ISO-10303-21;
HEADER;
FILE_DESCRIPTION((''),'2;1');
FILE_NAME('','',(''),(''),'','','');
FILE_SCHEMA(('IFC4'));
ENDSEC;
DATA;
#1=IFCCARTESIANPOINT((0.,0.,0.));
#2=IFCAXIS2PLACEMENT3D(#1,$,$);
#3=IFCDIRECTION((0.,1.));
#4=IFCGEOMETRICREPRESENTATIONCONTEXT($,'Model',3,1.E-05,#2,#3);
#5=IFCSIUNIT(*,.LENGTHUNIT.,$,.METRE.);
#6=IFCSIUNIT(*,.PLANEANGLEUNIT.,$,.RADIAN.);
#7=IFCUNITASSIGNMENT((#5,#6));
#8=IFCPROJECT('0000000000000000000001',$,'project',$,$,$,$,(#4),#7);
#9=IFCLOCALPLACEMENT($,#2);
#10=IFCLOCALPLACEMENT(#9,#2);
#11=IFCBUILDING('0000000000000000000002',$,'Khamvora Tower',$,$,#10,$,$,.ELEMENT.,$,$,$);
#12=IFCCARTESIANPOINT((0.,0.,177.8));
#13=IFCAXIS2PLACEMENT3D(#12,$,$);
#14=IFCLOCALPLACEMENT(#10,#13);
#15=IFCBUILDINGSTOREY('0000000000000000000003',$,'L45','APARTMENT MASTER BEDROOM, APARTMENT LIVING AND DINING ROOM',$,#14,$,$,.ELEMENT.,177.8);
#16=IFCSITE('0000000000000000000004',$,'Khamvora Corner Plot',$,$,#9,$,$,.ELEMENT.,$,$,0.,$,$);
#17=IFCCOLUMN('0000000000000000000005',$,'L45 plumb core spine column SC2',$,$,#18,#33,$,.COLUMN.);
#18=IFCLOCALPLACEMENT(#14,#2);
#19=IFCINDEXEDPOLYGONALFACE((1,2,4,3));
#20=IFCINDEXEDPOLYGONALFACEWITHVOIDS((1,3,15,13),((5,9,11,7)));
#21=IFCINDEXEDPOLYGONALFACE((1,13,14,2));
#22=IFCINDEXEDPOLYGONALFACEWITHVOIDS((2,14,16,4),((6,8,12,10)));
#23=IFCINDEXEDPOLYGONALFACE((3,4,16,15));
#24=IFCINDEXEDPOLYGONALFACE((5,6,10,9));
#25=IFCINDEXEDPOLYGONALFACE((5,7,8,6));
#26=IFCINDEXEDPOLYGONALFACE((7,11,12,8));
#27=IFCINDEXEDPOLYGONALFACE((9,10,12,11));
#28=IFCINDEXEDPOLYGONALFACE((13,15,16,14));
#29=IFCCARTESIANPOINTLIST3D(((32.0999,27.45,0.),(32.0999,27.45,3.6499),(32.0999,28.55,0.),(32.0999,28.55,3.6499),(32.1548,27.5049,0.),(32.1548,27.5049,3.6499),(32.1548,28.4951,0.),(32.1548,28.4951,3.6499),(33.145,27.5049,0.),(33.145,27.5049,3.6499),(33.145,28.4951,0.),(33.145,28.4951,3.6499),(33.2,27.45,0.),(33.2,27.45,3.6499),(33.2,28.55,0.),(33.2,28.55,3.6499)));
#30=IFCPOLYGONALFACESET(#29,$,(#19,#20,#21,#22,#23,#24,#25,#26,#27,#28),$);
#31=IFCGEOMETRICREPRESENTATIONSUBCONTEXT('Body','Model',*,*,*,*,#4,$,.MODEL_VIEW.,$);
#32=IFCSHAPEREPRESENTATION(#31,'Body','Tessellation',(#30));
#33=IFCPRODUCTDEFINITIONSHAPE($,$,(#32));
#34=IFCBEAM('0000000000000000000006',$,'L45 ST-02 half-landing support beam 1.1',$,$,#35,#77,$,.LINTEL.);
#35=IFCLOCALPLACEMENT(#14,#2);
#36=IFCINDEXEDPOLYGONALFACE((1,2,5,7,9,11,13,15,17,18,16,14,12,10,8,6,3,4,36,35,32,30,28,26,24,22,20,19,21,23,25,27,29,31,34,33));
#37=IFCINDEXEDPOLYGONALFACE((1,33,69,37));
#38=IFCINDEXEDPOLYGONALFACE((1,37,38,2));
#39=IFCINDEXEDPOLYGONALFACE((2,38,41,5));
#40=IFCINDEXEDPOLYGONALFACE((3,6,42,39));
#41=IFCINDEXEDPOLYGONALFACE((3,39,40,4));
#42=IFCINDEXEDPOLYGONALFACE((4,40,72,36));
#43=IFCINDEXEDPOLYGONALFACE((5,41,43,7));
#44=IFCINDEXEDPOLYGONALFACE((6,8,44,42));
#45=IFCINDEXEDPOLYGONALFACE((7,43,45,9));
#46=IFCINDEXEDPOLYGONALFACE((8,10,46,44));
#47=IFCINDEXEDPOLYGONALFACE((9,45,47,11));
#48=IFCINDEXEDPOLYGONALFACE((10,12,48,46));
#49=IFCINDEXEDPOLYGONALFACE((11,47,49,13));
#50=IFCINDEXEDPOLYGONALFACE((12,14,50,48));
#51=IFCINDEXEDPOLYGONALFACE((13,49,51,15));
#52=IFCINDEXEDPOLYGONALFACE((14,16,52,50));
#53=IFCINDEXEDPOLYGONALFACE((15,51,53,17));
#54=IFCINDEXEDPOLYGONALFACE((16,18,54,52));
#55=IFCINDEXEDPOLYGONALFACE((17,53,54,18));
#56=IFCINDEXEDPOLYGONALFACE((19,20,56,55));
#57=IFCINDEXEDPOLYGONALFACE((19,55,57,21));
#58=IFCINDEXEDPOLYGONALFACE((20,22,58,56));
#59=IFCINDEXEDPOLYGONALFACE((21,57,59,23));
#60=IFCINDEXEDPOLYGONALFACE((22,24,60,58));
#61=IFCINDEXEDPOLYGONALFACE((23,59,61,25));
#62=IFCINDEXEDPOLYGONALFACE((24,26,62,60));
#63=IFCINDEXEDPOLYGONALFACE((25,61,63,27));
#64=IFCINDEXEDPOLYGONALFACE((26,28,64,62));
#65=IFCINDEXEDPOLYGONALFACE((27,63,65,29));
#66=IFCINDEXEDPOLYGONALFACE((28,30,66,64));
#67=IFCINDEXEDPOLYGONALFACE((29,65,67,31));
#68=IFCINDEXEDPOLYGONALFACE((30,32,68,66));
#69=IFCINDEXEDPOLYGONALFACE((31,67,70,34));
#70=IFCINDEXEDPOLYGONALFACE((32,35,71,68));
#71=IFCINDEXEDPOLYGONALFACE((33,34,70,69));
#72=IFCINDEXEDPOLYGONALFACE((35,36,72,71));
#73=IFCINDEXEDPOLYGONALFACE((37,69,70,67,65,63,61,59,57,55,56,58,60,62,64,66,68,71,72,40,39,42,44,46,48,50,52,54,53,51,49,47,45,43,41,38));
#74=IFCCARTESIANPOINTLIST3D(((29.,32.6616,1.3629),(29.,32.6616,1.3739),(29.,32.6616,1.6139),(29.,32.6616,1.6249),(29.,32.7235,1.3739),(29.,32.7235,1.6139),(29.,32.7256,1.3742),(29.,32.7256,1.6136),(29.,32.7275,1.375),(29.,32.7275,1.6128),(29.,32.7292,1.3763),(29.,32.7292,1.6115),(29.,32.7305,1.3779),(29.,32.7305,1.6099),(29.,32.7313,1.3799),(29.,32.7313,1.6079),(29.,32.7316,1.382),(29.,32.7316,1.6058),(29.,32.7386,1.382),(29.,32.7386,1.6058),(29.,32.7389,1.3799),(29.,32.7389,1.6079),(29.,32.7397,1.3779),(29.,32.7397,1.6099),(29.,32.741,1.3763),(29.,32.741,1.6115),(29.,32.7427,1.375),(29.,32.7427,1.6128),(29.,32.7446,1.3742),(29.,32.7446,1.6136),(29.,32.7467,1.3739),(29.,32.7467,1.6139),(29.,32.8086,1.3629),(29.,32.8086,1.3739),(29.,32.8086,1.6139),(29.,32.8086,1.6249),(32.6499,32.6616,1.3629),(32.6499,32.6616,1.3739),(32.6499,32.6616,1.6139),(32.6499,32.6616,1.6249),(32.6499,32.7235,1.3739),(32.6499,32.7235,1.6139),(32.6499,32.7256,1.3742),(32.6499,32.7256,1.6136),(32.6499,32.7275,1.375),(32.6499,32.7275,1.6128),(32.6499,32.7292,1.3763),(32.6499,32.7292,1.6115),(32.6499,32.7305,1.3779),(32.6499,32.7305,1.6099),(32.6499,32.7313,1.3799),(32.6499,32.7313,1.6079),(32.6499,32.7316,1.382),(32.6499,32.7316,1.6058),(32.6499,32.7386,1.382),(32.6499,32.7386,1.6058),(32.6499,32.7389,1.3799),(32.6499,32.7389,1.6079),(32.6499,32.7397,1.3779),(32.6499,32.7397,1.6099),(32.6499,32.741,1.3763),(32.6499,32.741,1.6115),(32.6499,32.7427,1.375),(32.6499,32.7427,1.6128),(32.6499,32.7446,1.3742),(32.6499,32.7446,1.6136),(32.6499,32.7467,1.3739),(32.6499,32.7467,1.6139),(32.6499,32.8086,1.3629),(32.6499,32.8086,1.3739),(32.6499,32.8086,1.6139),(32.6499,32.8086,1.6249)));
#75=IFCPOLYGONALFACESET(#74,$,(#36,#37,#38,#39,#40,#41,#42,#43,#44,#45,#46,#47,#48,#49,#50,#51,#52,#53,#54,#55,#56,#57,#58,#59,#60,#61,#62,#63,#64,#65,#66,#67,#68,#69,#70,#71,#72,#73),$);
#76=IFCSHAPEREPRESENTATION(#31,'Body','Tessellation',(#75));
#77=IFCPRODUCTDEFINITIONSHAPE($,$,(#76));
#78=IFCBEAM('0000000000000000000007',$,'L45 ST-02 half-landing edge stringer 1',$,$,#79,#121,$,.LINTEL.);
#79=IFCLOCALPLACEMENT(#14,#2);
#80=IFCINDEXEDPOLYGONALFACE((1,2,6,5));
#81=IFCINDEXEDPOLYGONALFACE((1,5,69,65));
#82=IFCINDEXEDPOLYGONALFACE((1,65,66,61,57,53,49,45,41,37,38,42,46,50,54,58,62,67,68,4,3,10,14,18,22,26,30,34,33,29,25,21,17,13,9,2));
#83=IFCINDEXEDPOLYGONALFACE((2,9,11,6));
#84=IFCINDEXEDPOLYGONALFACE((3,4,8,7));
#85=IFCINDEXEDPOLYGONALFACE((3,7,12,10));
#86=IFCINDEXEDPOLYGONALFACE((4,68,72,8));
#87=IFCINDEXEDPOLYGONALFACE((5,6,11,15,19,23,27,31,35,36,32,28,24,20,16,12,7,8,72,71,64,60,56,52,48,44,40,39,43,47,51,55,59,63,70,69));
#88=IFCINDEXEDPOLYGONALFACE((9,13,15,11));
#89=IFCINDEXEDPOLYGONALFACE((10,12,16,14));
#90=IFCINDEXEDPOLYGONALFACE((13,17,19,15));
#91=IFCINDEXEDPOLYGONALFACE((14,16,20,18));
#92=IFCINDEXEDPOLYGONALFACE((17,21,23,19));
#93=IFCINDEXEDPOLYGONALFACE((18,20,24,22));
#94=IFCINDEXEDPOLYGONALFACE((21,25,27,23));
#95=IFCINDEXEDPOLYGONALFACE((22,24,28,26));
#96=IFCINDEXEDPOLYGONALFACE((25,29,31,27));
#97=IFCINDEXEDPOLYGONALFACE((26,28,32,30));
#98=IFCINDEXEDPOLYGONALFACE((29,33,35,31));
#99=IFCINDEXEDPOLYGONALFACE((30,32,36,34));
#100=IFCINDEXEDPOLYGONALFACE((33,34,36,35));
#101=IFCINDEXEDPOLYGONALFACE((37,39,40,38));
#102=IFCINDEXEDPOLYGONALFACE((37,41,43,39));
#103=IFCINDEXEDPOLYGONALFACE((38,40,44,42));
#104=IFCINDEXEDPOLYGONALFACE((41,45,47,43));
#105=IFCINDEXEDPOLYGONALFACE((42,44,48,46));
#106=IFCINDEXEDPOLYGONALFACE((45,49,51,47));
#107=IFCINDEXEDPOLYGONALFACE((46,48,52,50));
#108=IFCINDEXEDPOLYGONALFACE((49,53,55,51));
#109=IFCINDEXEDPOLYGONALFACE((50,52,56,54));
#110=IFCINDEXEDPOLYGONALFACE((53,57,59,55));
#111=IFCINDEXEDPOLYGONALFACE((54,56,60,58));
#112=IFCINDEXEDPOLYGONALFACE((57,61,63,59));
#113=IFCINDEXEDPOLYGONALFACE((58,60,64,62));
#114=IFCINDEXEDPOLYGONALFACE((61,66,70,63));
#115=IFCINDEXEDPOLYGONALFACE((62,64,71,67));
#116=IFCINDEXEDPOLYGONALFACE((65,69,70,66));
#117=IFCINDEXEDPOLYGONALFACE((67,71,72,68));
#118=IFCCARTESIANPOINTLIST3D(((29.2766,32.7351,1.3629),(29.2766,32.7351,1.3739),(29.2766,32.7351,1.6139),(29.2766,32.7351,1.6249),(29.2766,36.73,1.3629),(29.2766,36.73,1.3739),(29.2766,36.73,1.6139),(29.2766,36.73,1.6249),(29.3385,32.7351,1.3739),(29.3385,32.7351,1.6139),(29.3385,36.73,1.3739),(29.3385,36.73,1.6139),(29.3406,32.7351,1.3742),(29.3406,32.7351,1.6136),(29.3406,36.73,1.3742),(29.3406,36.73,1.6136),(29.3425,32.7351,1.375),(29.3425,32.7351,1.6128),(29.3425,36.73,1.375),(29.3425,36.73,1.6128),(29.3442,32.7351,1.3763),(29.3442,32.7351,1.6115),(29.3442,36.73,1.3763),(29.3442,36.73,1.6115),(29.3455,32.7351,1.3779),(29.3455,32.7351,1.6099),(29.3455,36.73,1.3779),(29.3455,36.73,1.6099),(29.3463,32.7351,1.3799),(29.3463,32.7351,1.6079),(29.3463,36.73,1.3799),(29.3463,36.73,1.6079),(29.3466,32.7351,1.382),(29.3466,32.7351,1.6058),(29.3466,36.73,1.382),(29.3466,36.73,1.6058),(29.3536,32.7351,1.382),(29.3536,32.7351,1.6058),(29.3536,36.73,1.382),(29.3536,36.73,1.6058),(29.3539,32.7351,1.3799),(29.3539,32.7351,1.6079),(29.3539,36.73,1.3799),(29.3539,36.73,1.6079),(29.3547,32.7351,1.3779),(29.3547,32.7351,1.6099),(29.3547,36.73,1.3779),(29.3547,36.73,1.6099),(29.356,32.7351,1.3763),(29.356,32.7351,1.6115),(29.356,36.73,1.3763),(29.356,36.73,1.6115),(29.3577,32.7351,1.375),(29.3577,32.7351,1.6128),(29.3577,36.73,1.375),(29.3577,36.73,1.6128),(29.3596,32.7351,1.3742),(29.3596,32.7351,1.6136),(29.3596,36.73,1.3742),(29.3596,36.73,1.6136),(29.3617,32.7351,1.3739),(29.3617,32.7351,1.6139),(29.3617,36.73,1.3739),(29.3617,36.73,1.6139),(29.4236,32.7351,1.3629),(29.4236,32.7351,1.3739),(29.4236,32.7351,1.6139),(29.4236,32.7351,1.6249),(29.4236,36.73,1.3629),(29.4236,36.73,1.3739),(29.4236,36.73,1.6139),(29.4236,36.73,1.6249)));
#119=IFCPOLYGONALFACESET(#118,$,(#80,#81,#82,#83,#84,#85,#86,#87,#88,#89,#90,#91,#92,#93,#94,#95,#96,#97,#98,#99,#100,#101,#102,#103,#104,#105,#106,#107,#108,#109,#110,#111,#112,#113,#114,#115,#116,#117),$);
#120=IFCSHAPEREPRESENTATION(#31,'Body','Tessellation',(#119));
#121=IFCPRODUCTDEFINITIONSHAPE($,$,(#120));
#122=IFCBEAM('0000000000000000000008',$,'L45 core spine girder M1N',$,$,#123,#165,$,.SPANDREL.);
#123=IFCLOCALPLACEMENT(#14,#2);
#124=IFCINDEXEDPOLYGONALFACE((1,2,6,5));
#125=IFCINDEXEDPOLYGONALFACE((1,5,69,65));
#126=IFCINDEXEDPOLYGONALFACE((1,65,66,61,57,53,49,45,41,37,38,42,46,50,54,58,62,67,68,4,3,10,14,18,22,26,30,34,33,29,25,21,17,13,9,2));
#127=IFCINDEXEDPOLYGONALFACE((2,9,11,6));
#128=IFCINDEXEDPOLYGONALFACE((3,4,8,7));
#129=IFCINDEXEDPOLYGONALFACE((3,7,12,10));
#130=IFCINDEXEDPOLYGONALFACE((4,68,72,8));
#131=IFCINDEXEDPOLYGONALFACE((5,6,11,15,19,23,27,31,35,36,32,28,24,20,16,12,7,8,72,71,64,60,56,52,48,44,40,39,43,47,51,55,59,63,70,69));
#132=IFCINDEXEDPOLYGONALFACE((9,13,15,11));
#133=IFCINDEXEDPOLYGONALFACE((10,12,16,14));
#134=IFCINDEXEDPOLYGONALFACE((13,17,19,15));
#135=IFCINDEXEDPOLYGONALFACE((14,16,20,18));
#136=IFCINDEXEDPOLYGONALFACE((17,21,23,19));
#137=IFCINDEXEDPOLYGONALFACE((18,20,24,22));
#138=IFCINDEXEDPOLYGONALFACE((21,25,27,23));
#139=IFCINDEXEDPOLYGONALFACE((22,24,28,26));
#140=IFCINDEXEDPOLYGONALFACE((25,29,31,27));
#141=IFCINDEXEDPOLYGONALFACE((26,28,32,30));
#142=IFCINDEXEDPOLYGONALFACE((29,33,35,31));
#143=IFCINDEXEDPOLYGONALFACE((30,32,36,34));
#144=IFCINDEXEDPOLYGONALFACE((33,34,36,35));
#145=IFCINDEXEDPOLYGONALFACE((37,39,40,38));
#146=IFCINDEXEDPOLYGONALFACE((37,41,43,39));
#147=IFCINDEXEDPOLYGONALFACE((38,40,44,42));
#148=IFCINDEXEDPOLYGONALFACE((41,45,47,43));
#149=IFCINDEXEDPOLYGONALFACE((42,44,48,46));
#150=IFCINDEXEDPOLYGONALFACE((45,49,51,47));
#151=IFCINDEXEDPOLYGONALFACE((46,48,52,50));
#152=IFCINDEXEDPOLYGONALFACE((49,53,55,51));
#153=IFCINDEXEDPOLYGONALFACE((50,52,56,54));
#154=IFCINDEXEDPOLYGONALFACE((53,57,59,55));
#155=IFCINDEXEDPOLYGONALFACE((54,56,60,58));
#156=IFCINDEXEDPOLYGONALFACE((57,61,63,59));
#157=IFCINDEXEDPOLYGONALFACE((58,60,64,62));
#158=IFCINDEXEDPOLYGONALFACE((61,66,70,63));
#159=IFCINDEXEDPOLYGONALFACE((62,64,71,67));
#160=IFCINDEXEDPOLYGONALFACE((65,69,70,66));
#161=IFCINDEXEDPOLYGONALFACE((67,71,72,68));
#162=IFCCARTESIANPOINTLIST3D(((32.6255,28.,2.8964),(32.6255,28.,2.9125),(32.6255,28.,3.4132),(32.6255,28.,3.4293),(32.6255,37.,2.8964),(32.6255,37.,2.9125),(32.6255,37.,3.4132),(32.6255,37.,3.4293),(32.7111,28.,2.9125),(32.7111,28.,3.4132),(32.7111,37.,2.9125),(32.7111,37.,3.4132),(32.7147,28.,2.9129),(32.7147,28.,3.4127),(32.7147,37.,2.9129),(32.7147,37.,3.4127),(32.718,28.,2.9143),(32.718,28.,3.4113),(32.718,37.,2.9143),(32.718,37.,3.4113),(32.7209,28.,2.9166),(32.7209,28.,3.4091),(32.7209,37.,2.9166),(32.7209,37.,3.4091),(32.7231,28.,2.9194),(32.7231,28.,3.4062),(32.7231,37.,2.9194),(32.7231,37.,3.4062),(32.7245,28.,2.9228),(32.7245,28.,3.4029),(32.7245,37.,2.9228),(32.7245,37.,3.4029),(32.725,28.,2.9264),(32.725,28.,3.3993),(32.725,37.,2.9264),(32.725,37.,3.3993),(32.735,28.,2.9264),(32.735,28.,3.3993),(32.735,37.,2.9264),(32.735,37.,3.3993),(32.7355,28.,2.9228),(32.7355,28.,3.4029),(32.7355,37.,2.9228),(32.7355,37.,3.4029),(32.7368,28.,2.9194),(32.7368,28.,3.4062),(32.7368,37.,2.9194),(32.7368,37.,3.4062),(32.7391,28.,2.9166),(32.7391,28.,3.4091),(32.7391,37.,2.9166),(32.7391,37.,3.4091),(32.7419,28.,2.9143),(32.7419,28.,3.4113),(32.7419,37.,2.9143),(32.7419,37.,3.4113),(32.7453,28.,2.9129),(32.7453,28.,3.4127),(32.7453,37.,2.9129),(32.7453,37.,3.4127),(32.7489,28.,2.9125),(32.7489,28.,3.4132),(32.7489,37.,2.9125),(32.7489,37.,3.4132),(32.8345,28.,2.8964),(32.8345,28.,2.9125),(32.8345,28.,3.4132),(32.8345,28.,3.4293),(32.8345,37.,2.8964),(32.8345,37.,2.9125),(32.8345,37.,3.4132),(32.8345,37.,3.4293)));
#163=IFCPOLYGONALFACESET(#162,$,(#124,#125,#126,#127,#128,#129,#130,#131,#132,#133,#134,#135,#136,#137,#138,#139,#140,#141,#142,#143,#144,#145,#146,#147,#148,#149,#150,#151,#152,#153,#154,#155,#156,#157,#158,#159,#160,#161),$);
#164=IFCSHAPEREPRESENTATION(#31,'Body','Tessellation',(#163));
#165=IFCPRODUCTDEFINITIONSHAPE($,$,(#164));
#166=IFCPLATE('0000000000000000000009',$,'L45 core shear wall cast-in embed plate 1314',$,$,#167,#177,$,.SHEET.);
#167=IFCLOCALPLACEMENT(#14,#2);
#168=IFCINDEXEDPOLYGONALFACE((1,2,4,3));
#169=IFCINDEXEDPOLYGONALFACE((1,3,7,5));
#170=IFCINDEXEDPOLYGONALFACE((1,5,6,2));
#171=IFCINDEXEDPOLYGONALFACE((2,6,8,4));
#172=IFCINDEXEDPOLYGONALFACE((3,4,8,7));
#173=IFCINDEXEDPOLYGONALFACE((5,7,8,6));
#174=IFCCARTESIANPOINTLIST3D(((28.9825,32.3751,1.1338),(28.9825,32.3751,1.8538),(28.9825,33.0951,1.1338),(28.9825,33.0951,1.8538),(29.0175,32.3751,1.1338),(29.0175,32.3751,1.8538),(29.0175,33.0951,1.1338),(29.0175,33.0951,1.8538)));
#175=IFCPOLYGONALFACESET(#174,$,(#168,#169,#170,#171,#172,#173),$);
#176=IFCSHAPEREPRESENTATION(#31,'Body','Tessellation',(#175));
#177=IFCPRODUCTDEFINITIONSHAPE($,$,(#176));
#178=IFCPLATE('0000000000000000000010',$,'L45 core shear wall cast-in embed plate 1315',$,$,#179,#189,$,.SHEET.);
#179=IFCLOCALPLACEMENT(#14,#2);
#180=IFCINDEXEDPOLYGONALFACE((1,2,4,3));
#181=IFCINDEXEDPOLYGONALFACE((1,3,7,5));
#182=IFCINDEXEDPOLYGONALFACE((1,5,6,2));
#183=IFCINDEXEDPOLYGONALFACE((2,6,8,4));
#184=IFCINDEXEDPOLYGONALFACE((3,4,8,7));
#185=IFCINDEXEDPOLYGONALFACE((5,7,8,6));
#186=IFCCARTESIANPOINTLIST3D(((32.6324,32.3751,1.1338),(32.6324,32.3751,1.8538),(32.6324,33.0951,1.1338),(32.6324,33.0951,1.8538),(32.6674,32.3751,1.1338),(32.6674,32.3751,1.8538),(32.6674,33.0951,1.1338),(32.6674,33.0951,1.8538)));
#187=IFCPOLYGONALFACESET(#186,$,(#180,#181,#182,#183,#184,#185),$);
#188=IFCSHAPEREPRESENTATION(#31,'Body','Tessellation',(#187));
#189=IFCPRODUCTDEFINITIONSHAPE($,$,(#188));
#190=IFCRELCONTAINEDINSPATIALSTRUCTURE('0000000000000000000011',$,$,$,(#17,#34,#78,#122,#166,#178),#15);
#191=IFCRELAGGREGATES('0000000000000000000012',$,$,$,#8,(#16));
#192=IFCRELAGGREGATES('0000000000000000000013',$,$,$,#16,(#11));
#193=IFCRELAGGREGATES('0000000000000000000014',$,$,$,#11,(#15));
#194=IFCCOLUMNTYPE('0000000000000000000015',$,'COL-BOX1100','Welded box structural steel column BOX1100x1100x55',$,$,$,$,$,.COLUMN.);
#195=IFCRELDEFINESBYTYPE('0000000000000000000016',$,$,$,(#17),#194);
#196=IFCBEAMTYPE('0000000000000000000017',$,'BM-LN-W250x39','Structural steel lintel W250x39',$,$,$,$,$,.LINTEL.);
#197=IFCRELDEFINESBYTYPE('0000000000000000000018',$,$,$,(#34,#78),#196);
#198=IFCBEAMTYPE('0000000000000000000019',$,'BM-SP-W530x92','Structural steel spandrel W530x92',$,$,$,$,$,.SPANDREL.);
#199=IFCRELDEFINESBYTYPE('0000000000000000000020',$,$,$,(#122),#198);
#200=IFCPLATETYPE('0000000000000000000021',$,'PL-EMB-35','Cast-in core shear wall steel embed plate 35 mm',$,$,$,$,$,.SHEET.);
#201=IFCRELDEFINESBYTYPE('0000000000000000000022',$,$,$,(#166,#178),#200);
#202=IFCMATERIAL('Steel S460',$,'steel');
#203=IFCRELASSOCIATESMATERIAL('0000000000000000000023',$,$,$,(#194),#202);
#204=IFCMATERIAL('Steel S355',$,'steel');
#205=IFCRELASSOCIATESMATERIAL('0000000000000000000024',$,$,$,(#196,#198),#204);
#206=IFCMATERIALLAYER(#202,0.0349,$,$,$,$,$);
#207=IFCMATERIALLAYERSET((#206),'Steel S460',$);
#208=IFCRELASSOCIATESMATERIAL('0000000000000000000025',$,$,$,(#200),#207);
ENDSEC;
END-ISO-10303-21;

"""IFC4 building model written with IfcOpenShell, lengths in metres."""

from ifc_helpers import new_model, si_unit, direction, frame, origin, origin_2d, place, context, subcontext, project, spatial, rectangle, hollow_rectangle, i_section, extrude, material, layer, layer_set, material_profile, profile_set, type_object, element, save


model = new_model("IFC4")

# Units and contexts
model_context = context("Model", 3, precision=1e-05, world=origin(), true_north=direction((0.0, 1.0)))
body_context = subcontext(model_context, "Body", "Model", "MODEL_VIEW")
ifc_project = project(units=[si_unit("LENGTHUNIT", "METRE"), si_unit("PLANEANGLEUNIT", "RADIAN")], contexts=[model_context])

# Site, building, storey
site_placement = place(None, origin())
site = spatial("IfcSite", under=ifc_project, at=site_placement, Name="Khamvora Corner Plot", CompositionType="ELEMENT", RefElevation=0.0)
building_placement = place(site_placement, origin())
building = spatial("IfcBuilding", under=site, at=building_placement, Name="Khamvora Tower", CompositionType="ELEMENT")
storey_placement = place(building_placement, frame((0.0, 0.0, 177.8)))
storey = spatial("IfcBuildingStorey", under=building, at=storey_placement, Name="L45", Description="APARTMENT MASTER BEDROOM, APARTMENT LIVING AND DINING ROOM", CompositionType="ELEMENT", Elevation=177.8)

# Column
ifc_material_1 = material(Name="Steel S460", Category="steel")
ifc_material_profile_1 = material_profile(ifc_material_1, hollow_rectangle(XDim=1.1001, YDim=1.1001, WallThickness=0.0549, at=origin_2d()), Name="BOX1100x1100x55")
ifc_profile_set_1 = profile_set([ifc_material_profile_1], Name="Steel S460")
column_type = type_object("IfcColumnType", Name="COL-BOX1100", Description="Welded box structural steel column BOX1100x1100x55", PredefinedType="COLUMN", material=ifc_profile_set_1)
column_placement = place(storey_placement, frame((32.6499, 28.0, 0.0), z_axis=(0.0, 0.0, 1.0), x_axis=(1.0, 0.0, 0.0)))
element("IfcColumn", 1, at=column_placement, inside=storey, type_object=column_type, Name="L45 plumb core spine column SC2", PredefinedType="COLUMN", context=body_context, shape_type="SweptSolid", body=[
    extrude(hollow_rectangle(XDim=1.1001, YDim=1.1001, WallThickness=0.0549, at=origin_2d()), origin(), (0.0, 0.0, 1.0), 3.6499),
])

# Beams
ifc_material_2 = material(Name="Steel S355", Category="steel")
ifc_material_profile_2 = material_profile(ifc_material_2, i_section(OverallWidth=0.147, OverallDepth=0.262, WebThickness=0.0071, FlangeThickness=0.011, FilletRadius=0.0081, at=origin_2d()), Name="W250x39")
ifc_profile_set_2 = profile_set([ifc_material_profile_2], Name="Steel S355")
beam_type_1 = type_object("IfcBeamType", Name="BM-LN-W250x39", Description="Structural steel lintel W250x39", PredefinedType="LINTEL", material=ifc_profile_set_2)
beam_1_placement = place(storey_placement, frame((29.0, 32.7351, 1.4939), z_axis=(1.0, 0.0, 0.0), x_axis=(0.0, 1.0, 0.0)))
element("IfcBeam", 2, at=beam_1_placement, inside=storey, type_object=beam_type_1, Name="L45 ST-02 half-landing support beam 1.1", PredefinedType="LINTEL", context=body_context, shape_type="SweptSolid", body=[
    extrude(i_section(OverallWidth=0.147, OverallDepth=0.262, WebThickness=0.0071, FlangeThickness=0.011, FilletRadius=0.0081, at=origin_2d()), origin(), (0.0, 0.0, 1.0), 3.6499),
])
beam_2_placement = place(storey_placement, frame((29.3501, 32.7351, 1.4939), z_axis=(0.0, 1.0, 0.0), x_axis=(-1.0, 0.0, 0.0)))
element("IfcBeam", 3, at=beam_2_placement, inside=storey, type_object=beam_type_1, Name="L45 ST-02 half-landing edge stringer 1", PredefinedType="LINTEL", context=body_context, shape_type="SweptSolid", body=[
    extrude(i_section(OverallWidth=0.147, OverallDepth=0.262, WebThickness=0.0071, FlangeThickness=0.011, FilletRadius=0.0081, at=origin_2d()), origin(), (0.0, 0.0, 1.0), 3.9949),
])
ifc_material_profile_3 = material_profile(ifc_material_2, i_section(OverallWidth=0.209, OverallDepth=0.533, WebThickness=0.01, FlangeThickness=0.0161, FilletRadius=0.0139, at=origin_2d()), Name="W530x92")
ifc_profile_set_3 = profile_set([ifc_material_profile_3], Name="Steel S355")
beam_type_2 = type_object("IfcBeamType", Name="BM-SP-W530x92", Description="Structural steel spandrel W530x92", PredefinedType="SPANDREL", material=ifc_profile_set_3)
beam_3_placement = place(storey_placement, frame((32.73, 28.0, 3.1628), z_axis=(0.0, 1.0, 0.0), x_axis=(-1.0, 0.0, 0.0)))
element("IfcBeam", 4, at=beam_3_placement, inside=storey, type_object=beam_type_2, Name="L45 core spine girder M1N", PredefinedType="SPANDREL", context=body_context, shape_type="SweptSolid", body=[
    extrude(i_section(OverallWidth=0.209, OverallDepth=0.533, WebThickness=0.01, FlangeThickness=0.0161, FilletRadius=0.0139, at=origin_2d()), origin(), (0.0, 0.0, 1.0), 9.0),
])

# Plates
ifc_layer_1 = layer(ifc_material_1, 0.0349)
ifc_layer_set_1 = layer_set([ifc_layer_1], Name="Steel S460")
plate_type = type_object("IfcPlateType", Name="PL-EMB-35", Description="Cast-in core shear wall steel embed plate 35 mm", PredefinedType="SHEET", material=ifc_layer_set_1)
for number, where, z_axis, x_axis, name in (
    (5, (29.0, 32.7351, 1.1338), (0.0, 0.0, 1.0), (1.0, 0.0, 0.0), "L45 core shear wall cast-in embed plate 1314"),
    (6, (32.6499, 32.7351, 1.1338), (0.0, 0.0, 1.0), (1.0, 0.0, 0.0), "L45 core shear wall cast-in embed plate 1315"),
):
    element("IfcPlate", number, at=place(storey_placement, frame(where, z_axis=z_axis, x_axis=x_axis)), inside=storey, type_object=plate_type, Name=name, PredefinedType="SHEET", context=body_context, shape_type="SweptSolid", body=[
        extrude(rectangle(XDim=0.0349, YDim=0.72, at=origin_2d()), origin(), (0.0, 0.0, 1.0), 0.72),
    ])

save(model, "model.ifc")
